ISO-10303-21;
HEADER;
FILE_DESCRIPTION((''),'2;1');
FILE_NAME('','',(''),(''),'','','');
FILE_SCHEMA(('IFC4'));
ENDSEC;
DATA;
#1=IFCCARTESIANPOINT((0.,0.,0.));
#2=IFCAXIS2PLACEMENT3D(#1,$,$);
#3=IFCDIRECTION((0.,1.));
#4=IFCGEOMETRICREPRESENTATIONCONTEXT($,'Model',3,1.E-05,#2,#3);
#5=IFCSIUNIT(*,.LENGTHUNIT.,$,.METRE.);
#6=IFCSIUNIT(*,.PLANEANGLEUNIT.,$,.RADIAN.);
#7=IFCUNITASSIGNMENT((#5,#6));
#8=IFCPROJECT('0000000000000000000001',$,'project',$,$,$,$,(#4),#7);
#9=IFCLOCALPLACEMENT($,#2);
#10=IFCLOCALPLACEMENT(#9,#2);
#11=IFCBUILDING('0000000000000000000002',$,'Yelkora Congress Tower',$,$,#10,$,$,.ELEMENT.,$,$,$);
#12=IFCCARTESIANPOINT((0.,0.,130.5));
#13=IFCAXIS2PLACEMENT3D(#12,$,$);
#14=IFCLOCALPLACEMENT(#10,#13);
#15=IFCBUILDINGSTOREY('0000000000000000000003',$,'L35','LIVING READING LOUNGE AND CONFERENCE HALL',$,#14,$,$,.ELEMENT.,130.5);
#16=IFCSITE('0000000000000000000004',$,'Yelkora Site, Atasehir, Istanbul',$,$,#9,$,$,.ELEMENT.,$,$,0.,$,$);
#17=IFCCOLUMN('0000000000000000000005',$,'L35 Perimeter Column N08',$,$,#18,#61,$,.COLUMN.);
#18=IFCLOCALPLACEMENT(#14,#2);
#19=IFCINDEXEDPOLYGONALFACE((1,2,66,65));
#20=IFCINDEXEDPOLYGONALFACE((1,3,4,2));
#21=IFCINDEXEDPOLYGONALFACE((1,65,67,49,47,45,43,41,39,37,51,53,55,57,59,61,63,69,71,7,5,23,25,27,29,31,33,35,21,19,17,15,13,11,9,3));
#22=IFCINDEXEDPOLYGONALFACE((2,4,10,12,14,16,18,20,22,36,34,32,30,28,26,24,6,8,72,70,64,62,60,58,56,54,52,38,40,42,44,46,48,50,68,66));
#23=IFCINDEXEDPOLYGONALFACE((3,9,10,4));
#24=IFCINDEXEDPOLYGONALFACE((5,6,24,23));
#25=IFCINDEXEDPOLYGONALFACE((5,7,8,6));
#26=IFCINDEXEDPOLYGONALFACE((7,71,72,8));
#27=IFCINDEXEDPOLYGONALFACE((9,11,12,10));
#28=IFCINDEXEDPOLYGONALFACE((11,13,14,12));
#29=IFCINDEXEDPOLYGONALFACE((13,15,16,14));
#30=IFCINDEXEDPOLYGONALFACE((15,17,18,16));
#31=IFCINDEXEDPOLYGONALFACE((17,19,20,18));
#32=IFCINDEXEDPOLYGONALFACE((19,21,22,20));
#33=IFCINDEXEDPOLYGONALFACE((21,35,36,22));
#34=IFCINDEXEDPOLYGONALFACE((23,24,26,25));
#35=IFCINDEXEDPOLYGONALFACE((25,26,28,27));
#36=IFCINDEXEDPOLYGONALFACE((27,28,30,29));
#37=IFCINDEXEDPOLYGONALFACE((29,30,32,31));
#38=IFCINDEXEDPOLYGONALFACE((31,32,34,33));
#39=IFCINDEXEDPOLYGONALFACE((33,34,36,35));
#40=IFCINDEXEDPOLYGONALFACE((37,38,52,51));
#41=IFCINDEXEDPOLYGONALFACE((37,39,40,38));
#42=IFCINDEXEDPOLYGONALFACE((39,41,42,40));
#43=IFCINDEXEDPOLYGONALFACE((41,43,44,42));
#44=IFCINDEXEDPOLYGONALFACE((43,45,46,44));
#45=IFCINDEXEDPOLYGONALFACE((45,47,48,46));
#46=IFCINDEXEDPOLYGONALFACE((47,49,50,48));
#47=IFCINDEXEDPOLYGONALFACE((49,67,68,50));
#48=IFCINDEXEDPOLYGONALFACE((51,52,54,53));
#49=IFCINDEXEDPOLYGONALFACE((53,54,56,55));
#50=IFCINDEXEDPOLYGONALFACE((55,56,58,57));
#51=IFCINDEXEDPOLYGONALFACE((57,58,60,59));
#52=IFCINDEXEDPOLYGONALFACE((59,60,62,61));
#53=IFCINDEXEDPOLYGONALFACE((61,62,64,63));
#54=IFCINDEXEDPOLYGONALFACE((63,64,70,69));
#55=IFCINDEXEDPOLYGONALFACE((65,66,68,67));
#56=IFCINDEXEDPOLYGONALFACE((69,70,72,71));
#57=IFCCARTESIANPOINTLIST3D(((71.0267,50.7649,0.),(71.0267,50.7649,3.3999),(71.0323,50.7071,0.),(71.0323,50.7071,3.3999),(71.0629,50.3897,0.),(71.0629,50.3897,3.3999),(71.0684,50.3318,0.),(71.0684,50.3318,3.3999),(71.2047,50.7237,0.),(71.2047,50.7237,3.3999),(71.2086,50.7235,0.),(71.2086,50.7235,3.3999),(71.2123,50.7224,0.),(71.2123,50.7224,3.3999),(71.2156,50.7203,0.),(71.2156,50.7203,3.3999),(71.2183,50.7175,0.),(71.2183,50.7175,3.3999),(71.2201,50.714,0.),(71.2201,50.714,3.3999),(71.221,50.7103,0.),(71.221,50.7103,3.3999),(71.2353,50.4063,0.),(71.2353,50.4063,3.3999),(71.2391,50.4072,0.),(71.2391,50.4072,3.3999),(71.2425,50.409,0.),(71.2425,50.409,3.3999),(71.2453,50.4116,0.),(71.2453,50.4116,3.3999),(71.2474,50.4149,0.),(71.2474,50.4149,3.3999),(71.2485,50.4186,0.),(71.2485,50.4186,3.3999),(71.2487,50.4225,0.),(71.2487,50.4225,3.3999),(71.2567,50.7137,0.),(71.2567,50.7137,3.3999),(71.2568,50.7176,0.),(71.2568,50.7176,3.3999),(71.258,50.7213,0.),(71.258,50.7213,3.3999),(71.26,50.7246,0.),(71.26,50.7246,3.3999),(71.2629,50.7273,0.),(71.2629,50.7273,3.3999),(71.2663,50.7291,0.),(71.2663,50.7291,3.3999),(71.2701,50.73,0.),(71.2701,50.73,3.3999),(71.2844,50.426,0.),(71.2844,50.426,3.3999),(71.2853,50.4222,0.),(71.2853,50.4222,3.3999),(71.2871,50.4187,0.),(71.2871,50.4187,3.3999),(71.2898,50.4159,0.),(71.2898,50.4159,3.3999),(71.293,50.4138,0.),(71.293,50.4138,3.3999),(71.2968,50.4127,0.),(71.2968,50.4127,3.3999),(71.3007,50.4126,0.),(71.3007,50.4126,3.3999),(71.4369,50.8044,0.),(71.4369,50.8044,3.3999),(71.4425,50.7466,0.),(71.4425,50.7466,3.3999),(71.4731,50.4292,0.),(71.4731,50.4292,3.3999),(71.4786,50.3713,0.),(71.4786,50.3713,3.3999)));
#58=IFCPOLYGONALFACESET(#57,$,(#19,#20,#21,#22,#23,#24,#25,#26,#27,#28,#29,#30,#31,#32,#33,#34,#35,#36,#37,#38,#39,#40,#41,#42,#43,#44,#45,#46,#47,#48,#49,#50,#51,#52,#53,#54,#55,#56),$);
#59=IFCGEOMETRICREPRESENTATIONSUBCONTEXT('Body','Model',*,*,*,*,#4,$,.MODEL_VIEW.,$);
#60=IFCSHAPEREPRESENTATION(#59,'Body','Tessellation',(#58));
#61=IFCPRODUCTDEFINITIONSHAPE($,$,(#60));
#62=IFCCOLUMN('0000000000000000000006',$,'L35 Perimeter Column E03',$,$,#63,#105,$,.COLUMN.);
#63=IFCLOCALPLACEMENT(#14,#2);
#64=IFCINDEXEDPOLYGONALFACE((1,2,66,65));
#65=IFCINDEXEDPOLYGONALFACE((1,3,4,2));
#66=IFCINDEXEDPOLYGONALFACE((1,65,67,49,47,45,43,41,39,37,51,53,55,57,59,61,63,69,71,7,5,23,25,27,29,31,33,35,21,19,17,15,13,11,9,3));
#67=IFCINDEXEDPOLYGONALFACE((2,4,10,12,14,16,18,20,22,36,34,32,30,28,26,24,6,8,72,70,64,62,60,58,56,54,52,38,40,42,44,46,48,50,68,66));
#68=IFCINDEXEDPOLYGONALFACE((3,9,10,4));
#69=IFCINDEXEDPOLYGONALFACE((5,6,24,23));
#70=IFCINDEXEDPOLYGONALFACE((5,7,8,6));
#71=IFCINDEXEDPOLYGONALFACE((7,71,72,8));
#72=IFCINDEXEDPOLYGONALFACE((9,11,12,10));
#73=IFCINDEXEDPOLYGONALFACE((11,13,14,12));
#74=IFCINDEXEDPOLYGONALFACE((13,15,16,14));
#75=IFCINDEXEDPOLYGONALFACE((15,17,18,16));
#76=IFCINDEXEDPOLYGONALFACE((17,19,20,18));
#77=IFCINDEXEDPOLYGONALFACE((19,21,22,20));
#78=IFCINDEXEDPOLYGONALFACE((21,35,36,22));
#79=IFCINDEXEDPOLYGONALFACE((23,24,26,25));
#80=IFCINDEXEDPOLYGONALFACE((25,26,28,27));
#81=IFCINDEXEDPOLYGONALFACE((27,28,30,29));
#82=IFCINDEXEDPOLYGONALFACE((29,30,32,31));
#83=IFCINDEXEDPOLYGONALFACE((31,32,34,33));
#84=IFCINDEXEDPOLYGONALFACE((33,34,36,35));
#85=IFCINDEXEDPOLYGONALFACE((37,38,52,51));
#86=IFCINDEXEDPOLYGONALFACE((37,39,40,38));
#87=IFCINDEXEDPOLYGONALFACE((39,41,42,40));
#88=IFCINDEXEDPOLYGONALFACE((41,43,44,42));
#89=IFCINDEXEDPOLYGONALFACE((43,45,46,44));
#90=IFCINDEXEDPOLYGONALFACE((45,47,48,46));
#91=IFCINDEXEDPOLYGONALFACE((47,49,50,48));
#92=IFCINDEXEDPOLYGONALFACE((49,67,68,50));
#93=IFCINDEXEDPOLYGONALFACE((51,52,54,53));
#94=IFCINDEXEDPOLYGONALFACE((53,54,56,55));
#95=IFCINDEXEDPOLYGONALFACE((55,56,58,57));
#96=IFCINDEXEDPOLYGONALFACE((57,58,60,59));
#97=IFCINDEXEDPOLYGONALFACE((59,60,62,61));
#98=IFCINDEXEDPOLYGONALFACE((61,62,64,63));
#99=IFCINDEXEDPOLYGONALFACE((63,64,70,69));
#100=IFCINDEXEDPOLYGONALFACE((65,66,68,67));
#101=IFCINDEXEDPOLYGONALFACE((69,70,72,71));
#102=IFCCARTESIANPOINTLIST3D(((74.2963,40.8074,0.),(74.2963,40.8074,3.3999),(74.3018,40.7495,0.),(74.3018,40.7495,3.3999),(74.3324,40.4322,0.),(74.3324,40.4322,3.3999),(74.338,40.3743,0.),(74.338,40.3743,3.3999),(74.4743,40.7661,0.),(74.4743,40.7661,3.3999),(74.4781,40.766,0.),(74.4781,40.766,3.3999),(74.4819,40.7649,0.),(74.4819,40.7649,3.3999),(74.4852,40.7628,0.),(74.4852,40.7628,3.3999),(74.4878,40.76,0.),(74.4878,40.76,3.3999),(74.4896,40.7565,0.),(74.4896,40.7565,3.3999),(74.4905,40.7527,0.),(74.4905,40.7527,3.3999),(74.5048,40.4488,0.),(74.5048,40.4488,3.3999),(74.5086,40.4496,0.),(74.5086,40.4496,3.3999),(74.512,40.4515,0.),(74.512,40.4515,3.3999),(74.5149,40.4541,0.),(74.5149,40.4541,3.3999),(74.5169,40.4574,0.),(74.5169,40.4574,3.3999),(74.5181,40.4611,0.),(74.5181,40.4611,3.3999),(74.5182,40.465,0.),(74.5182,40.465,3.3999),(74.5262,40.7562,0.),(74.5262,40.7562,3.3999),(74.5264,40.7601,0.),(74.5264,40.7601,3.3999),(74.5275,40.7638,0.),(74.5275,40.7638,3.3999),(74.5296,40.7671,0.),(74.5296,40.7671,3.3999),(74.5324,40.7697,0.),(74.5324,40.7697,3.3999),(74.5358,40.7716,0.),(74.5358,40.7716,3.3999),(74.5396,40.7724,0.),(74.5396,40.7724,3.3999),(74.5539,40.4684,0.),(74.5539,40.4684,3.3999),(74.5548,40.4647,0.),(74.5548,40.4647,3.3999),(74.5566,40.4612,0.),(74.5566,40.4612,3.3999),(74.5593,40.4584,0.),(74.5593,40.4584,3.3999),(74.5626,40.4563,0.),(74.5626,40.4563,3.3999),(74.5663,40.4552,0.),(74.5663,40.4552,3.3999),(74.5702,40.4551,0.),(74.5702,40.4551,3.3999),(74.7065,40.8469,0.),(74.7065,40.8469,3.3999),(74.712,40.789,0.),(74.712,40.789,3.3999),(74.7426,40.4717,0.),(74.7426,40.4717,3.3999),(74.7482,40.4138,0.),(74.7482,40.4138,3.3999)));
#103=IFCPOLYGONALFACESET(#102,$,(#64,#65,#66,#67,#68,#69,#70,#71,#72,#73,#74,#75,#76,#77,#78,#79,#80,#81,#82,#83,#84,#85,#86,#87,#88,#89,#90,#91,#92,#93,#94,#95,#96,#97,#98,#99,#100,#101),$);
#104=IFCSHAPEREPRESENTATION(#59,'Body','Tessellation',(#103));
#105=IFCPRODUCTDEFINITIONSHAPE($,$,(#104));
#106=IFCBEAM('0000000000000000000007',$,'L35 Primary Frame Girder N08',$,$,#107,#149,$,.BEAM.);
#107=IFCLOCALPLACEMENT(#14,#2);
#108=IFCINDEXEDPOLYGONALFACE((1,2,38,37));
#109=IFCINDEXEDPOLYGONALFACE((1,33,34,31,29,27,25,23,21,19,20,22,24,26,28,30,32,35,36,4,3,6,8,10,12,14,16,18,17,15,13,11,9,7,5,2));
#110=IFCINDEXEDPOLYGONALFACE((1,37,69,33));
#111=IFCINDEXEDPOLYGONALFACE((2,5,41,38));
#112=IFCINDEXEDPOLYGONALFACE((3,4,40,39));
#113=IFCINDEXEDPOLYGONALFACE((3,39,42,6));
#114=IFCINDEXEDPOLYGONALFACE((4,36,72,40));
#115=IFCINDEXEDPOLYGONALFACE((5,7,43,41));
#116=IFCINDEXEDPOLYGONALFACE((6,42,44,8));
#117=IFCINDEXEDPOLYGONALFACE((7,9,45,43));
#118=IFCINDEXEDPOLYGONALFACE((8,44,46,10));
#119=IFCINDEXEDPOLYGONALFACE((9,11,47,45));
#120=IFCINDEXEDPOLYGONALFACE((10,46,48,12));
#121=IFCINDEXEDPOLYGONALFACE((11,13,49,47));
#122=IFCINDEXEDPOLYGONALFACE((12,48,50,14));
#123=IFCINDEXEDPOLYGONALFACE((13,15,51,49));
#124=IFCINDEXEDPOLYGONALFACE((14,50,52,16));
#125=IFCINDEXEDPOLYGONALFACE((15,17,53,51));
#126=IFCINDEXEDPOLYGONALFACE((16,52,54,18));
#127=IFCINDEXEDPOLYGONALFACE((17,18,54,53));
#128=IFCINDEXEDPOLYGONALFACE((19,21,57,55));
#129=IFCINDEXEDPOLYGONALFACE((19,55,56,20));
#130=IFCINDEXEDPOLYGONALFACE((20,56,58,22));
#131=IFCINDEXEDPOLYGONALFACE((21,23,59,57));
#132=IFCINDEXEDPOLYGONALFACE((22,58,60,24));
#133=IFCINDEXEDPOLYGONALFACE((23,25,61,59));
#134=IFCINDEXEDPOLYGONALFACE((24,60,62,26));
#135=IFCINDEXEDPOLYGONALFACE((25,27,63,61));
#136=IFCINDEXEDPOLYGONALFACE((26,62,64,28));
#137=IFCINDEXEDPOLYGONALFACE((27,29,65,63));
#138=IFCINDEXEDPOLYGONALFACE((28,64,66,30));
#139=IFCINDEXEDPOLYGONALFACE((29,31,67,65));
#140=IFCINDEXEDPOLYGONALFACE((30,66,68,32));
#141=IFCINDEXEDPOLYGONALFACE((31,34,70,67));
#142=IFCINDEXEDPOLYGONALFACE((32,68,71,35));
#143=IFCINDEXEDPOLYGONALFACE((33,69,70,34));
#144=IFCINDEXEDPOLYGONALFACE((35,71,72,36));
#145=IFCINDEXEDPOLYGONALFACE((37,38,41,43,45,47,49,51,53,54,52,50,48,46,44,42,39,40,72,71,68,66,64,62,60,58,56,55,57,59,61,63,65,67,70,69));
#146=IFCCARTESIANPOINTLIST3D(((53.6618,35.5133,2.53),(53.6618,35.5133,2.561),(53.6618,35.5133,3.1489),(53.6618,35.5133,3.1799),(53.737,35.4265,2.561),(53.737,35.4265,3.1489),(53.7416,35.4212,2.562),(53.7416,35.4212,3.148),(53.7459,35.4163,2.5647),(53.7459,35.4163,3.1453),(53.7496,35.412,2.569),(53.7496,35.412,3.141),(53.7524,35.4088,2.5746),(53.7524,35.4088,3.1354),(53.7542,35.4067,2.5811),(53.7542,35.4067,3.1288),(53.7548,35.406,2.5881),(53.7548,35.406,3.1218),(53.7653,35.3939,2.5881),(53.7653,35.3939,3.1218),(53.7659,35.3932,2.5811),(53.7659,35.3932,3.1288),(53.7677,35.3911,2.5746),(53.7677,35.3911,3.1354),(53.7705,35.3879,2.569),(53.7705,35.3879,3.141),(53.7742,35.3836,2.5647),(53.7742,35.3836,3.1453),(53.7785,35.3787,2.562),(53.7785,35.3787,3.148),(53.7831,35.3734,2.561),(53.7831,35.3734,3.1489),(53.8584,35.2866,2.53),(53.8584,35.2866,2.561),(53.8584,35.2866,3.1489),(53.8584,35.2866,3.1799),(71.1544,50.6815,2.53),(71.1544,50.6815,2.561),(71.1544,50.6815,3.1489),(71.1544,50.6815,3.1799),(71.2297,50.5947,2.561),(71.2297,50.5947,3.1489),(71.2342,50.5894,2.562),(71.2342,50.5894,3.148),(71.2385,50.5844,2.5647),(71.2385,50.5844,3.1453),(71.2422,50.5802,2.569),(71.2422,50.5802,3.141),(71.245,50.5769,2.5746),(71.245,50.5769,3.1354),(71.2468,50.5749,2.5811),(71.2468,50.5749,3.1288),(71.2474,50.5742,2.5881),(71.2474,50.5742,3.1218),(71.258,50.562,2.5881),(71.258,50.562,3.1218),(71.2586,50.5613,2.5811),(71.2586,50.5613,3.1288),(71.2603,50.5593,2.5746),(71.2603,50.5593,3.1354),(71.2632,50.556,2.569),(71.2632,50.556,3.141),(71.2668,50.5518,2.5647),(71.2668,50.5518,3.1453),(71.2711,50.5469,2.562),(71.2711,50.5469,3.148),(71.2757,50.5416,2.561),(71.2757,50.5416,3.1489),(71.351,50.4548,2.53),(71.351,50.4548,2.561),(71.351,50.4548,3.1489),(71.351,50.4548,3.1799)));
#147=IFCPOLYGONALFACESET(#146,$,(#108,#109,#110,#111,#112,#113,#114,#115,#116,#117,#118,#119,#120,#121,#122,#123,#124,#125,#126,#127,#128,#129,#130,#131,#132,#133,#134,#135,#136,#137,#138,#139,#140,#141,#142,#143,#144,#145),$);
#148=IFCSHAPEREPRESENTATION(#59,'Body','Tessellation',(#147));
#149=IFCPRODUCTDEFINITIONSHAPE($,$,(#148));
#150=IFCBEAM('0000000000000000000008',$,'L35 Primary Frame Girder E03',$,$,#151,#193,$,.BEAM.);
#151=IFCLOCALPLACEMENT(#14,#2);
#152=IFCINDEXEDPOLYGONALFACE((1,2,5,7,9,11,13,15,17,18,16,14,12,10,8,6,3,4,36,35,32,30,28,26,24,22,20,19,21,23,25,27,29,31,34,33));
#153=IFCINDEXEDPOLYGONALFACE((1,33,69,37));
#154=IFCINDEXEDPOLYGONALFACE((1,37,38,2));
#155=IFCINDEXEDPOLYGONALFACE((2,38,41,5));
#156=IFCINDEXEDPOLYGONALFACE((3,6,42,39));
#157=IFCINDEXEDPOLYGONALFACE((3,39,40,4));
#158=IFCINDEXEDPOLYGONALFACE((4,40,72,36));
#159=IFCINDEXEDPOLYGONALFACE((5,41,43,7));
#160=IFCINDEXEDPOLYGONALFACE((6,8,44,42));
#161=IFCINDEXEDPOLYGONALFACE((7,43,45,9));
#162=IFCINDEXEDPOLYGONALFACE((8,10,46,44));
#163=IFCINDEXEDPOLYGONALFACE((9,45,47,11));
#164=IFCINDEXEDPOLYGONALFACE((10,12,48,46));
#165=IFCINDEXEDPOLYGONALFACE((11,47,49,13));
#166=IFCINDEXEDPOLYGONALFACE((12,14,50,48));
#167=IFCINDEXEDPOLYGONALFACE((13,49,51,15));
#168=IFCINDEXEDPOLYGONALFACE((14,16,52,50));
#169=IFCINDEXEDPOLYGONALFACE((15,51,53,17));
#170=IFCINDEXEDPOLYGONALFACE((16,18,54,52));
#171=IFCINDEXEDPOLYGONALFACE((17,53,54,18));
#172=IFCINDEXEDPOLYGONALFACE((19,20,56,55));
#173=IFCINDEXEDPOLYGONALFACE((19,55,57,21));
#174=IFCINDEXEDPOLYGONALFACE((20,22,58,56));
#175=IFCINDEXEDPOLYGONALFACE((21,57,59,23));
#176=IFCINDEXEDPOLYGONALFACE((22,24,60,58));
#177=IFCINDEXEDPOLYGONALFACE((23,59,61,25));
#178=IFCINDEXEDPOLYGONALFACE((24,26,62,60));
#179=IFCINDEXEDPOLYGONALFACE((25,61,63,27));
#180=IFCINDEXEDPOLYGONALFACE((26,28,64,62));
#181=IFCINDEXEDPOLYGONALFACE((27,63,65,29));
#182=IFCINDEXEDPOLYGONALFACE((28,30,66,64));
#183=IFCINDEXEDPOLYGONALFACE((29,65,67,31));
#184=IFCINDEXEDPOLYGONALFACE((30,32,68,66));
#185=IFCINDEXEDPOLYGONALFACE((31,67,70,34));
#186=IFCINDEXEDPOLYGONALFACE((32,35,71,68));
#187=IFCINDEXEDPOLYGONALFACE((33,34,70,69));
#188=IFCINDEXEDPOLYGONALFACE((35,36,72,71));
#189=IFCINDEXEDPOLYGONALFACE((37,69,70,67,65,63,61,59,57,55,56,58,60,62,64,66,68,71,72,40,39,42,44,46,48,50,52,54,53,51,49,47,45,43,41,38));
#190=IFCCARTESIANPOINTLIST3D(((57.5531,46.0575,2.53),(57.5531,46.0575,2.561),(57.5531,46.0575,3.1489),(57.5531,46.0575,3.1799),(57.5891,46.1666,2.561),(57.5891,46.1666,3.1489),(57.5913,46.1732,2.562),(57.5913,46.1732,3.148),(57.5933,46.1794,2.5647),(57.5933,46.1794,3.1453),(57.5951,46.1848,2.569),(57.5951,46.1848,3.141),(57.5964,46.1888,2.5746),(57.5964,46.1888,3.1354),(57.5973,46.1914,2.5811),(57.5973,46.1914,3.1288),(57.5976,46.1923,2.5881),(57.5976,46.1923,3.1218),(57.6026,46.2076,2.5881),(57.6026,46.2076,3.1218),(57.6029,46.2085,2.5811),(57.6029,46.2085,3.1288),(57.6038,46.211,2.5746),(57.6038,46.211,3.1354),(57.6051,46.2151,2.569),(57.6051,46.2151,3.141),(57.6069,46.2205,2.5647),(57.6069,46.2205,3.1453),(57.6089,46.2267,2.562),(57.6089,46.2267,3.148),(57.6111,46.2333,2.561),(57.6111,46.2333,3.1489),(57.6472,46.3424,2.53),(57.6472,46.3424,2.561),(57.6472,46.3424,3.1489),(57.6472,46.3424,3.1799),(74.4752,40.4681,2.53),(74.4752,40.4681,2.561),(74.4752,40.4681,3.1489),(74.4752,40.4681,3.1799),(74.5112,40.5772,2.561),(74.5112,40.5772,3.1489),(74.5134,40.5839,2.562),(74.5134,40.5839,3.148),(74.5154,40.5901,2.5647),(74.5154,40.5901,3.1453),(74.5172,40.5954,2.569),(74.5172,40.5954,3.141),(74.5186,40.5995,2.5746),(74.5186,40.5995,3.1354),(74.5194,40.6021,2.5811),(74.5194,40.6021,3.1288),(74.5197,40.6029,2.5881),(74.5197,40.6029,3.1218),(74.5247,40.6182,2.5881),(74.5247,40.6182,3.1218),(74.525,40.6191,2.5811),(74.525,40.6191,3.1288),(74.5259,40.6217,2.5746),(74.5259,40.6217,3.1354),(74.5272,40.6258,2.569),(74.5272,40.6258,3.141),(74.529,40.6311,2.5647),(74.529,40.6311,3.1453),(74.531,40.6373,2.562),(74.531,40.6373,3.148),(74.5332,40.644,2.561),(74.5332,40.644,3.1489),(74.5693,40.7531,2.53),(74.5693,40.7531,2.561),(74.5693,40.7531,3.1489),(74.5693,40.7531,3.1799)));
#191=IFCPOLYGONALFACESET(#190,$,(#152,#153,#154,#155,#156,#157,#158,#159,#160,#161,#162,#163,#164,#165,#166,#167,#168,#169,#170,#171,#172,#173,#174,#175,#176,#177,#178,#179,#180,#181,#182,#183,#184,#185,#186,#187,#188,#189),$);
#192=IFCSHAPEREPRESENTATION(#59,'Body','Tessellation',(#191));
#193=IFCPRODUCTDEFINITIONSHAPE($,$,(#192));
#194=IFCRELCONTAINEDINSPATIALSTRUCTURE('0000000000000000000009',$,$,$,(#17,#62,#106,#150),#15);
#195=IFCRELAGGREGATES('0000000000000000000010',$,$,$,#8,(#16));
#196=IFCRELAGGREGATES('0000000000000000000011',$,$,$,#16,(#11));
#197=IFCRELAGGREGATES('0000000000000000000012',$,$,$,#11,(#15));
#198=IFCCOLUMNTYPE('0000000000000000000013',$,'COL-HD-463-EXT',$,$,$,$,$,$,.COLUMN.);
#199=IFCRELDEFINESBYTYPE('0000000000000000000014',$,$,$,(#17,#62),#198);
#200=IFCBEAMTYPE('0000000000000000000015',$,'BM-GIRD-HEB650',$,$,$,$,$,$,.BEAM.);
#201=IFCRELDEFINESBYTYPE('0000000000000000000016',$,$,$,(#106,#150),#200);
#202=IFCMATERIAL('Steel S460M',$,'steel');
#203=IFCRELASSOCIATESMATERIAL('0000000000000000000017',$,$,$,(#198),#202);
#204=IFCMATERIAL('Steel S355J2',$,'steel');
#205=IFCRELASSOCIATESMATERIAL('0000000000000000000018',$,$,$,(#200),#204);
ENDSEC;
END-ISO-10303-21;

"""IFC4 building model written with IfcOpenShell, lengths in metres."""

from ifc_helpers import new_model, si_unit, direction, frame, origin, origin_2d, place, context, subcontext, project, spatial, i_section, extrude, material, material_profile, profile_set, type_object, element, save


model = new_model("IFC4")

# Units and contexts
model_context = context("Model", 3, precision=1e-05, world=origin(), true_north=direction((0.0, 1.0)))
body_context = subcontext(model_context, "Body", "Model", "MODEL_VIEW")
ifc_project = project(units=[si_unit("LENGTHUNIT", "METRE"), si_unit("PLANEANGLEUNIT", "RADIAN")], contexts=[model_context])

# Site, building, storey
site_placement = place(None, origin())
site = spatial("IfcSite", under=ifc_project, at=site_placement, Name="Yelkora Site, Atasehir, Istanbul", CompositionType="ELEMENT", RefElevation=0.0)
building_placement = place(site_placement, origin())
building = spatial("IfcBuilding", under=site, at=building_placement, Name="Yelkora Congress Tower", CompositionType="ELEMENT")
storey_placement = place(building_placement, frame((0.0, 0.0, 130.5)))
storey = spatial("IfcBuildingStorey", under=building, at=storey_placement, Name="L35", Description="LIVING READING LOUNGE AND CONFERENCE HALL", CompositionType="ELEMENT", Elevation=130.5)

# Columns
ifc_material_1 = material(Name="Steel S460M", Category="steel")
ifc_material_profile_1 = material_profile(ifc_material_1, i_section(OverallWidth=0.4121, OverallDepth=0.4351, WebThickness=0.0359, FlangeThickness=0.0581, FilletRadius=0.0149, at=origin_2d()), Name="HD 400x463")
ifc_profile_set_1 = profile_set([ifc_material_profile_1], Name="Steel S460M")
column_type = type_object("IfcColumnType", Name="COL-HD-463-EXT", PredefinedType="COLUMN", material=ifc_profile_set_1)
for number, where, z_axis, x_axis, name in (
    (1, (71.2527, 50.5681, 0.0), (0.0, 0.0, 1.0), (0.995396, 0.095846, 0.0), "L35 Perimeter Column N08"),
    (2, (74.5222, 40.6106, 0.0), (0.0, 0.0, 1.0), (0.995396, 0.095846, 0.0), "L35 Perimeter Column E03"),
):
    element("IfcColumn", number, at=place(storey_placement, frame(where, z_axis=z_axis, x_axis=x_axis)), inside=storey, type_object=column_type, Name=name, PredefinedType="COLUMN", context=body_context, shape_type="SweptSolid", body=[
        extrude(i_section(OverallWidth=0.4121, OverallDepth=0.4351, WebThickness=0.0359, FlangeThickness=0.0581, FilletRadius=0.0149, at=origin_2d()), origin(), (0.0, 0.0, 1.0), 3.3999),
    ])

# Beams
ifc_material_2 = material(Name="Steel S355J2", Category="steel")
ifc_material_profile_2 = material_profile(ifc_material_2, i_section(OverallWidth=0.3, OverallDepth=0.6499, WebThickness=0.0161, FlangeThickness=0.031, FilletRadius=0.0271, at=origin_2d()), Name="HEB 650")
ifc_profile_set_2 = profile_set([ifc_material_profile_2], Name="Steel S355J2")
beam_type_1 = type_object("IfcBeamType", Name="BM-GIRD-HEB650", PredefinedType="BEAM", material=ifc_profile_set_2)
beam_1_placement = place(storey_placement, frame((71.2527, 50.5681, 2.855), z_axis=(-0.75552, -0.655125, 0.0), x_axis=(0.655125, -0.75552, 0.0)))
element("IfcBeam", 3, at=beam_1_placement, inside=storey, type_object=beam_type_1, Name="L35 Primary Frame Girder N08", PredefinedType="BEAM", context=body_context, shape_type="SweptSolid", body=[
    extrude(i_section(OverallWidth=0.3, OverallDepth=0.6499, WebThickness=0.0161, FlangeThickness=0.031, FilletRadius=0.0271, at=origin_2d()), origin(), (0.0, 0.0, 1.0), 23.1531),
])
beam_2_placement = place(storey_placement, frame((74.5222, 40.6106, 2.855), z_axis=(-0.949544, 0.313633, 0.0), x_axis=(-0.313633, -0.949544, 0.0)))
element("IfcBeam", 4, at=beam_2_placement, inside=storey, type_object=beam_type_1, Name="L35 Primary Frame Girder E03", PredefinedType="BEAM", context=body_context, shape_type="SweptSolid", body=[
    extrude(i_section(OverallWidth=0.3, OverallDepth=0.6499, WebThickness=0.0161, FlangeThickness=0.031, FilletRadius=0.0271, at=origin_2d()), origin(), (0.0, 0.0, 1.0), 17.8213),
])

save(model, "model.ifc")
